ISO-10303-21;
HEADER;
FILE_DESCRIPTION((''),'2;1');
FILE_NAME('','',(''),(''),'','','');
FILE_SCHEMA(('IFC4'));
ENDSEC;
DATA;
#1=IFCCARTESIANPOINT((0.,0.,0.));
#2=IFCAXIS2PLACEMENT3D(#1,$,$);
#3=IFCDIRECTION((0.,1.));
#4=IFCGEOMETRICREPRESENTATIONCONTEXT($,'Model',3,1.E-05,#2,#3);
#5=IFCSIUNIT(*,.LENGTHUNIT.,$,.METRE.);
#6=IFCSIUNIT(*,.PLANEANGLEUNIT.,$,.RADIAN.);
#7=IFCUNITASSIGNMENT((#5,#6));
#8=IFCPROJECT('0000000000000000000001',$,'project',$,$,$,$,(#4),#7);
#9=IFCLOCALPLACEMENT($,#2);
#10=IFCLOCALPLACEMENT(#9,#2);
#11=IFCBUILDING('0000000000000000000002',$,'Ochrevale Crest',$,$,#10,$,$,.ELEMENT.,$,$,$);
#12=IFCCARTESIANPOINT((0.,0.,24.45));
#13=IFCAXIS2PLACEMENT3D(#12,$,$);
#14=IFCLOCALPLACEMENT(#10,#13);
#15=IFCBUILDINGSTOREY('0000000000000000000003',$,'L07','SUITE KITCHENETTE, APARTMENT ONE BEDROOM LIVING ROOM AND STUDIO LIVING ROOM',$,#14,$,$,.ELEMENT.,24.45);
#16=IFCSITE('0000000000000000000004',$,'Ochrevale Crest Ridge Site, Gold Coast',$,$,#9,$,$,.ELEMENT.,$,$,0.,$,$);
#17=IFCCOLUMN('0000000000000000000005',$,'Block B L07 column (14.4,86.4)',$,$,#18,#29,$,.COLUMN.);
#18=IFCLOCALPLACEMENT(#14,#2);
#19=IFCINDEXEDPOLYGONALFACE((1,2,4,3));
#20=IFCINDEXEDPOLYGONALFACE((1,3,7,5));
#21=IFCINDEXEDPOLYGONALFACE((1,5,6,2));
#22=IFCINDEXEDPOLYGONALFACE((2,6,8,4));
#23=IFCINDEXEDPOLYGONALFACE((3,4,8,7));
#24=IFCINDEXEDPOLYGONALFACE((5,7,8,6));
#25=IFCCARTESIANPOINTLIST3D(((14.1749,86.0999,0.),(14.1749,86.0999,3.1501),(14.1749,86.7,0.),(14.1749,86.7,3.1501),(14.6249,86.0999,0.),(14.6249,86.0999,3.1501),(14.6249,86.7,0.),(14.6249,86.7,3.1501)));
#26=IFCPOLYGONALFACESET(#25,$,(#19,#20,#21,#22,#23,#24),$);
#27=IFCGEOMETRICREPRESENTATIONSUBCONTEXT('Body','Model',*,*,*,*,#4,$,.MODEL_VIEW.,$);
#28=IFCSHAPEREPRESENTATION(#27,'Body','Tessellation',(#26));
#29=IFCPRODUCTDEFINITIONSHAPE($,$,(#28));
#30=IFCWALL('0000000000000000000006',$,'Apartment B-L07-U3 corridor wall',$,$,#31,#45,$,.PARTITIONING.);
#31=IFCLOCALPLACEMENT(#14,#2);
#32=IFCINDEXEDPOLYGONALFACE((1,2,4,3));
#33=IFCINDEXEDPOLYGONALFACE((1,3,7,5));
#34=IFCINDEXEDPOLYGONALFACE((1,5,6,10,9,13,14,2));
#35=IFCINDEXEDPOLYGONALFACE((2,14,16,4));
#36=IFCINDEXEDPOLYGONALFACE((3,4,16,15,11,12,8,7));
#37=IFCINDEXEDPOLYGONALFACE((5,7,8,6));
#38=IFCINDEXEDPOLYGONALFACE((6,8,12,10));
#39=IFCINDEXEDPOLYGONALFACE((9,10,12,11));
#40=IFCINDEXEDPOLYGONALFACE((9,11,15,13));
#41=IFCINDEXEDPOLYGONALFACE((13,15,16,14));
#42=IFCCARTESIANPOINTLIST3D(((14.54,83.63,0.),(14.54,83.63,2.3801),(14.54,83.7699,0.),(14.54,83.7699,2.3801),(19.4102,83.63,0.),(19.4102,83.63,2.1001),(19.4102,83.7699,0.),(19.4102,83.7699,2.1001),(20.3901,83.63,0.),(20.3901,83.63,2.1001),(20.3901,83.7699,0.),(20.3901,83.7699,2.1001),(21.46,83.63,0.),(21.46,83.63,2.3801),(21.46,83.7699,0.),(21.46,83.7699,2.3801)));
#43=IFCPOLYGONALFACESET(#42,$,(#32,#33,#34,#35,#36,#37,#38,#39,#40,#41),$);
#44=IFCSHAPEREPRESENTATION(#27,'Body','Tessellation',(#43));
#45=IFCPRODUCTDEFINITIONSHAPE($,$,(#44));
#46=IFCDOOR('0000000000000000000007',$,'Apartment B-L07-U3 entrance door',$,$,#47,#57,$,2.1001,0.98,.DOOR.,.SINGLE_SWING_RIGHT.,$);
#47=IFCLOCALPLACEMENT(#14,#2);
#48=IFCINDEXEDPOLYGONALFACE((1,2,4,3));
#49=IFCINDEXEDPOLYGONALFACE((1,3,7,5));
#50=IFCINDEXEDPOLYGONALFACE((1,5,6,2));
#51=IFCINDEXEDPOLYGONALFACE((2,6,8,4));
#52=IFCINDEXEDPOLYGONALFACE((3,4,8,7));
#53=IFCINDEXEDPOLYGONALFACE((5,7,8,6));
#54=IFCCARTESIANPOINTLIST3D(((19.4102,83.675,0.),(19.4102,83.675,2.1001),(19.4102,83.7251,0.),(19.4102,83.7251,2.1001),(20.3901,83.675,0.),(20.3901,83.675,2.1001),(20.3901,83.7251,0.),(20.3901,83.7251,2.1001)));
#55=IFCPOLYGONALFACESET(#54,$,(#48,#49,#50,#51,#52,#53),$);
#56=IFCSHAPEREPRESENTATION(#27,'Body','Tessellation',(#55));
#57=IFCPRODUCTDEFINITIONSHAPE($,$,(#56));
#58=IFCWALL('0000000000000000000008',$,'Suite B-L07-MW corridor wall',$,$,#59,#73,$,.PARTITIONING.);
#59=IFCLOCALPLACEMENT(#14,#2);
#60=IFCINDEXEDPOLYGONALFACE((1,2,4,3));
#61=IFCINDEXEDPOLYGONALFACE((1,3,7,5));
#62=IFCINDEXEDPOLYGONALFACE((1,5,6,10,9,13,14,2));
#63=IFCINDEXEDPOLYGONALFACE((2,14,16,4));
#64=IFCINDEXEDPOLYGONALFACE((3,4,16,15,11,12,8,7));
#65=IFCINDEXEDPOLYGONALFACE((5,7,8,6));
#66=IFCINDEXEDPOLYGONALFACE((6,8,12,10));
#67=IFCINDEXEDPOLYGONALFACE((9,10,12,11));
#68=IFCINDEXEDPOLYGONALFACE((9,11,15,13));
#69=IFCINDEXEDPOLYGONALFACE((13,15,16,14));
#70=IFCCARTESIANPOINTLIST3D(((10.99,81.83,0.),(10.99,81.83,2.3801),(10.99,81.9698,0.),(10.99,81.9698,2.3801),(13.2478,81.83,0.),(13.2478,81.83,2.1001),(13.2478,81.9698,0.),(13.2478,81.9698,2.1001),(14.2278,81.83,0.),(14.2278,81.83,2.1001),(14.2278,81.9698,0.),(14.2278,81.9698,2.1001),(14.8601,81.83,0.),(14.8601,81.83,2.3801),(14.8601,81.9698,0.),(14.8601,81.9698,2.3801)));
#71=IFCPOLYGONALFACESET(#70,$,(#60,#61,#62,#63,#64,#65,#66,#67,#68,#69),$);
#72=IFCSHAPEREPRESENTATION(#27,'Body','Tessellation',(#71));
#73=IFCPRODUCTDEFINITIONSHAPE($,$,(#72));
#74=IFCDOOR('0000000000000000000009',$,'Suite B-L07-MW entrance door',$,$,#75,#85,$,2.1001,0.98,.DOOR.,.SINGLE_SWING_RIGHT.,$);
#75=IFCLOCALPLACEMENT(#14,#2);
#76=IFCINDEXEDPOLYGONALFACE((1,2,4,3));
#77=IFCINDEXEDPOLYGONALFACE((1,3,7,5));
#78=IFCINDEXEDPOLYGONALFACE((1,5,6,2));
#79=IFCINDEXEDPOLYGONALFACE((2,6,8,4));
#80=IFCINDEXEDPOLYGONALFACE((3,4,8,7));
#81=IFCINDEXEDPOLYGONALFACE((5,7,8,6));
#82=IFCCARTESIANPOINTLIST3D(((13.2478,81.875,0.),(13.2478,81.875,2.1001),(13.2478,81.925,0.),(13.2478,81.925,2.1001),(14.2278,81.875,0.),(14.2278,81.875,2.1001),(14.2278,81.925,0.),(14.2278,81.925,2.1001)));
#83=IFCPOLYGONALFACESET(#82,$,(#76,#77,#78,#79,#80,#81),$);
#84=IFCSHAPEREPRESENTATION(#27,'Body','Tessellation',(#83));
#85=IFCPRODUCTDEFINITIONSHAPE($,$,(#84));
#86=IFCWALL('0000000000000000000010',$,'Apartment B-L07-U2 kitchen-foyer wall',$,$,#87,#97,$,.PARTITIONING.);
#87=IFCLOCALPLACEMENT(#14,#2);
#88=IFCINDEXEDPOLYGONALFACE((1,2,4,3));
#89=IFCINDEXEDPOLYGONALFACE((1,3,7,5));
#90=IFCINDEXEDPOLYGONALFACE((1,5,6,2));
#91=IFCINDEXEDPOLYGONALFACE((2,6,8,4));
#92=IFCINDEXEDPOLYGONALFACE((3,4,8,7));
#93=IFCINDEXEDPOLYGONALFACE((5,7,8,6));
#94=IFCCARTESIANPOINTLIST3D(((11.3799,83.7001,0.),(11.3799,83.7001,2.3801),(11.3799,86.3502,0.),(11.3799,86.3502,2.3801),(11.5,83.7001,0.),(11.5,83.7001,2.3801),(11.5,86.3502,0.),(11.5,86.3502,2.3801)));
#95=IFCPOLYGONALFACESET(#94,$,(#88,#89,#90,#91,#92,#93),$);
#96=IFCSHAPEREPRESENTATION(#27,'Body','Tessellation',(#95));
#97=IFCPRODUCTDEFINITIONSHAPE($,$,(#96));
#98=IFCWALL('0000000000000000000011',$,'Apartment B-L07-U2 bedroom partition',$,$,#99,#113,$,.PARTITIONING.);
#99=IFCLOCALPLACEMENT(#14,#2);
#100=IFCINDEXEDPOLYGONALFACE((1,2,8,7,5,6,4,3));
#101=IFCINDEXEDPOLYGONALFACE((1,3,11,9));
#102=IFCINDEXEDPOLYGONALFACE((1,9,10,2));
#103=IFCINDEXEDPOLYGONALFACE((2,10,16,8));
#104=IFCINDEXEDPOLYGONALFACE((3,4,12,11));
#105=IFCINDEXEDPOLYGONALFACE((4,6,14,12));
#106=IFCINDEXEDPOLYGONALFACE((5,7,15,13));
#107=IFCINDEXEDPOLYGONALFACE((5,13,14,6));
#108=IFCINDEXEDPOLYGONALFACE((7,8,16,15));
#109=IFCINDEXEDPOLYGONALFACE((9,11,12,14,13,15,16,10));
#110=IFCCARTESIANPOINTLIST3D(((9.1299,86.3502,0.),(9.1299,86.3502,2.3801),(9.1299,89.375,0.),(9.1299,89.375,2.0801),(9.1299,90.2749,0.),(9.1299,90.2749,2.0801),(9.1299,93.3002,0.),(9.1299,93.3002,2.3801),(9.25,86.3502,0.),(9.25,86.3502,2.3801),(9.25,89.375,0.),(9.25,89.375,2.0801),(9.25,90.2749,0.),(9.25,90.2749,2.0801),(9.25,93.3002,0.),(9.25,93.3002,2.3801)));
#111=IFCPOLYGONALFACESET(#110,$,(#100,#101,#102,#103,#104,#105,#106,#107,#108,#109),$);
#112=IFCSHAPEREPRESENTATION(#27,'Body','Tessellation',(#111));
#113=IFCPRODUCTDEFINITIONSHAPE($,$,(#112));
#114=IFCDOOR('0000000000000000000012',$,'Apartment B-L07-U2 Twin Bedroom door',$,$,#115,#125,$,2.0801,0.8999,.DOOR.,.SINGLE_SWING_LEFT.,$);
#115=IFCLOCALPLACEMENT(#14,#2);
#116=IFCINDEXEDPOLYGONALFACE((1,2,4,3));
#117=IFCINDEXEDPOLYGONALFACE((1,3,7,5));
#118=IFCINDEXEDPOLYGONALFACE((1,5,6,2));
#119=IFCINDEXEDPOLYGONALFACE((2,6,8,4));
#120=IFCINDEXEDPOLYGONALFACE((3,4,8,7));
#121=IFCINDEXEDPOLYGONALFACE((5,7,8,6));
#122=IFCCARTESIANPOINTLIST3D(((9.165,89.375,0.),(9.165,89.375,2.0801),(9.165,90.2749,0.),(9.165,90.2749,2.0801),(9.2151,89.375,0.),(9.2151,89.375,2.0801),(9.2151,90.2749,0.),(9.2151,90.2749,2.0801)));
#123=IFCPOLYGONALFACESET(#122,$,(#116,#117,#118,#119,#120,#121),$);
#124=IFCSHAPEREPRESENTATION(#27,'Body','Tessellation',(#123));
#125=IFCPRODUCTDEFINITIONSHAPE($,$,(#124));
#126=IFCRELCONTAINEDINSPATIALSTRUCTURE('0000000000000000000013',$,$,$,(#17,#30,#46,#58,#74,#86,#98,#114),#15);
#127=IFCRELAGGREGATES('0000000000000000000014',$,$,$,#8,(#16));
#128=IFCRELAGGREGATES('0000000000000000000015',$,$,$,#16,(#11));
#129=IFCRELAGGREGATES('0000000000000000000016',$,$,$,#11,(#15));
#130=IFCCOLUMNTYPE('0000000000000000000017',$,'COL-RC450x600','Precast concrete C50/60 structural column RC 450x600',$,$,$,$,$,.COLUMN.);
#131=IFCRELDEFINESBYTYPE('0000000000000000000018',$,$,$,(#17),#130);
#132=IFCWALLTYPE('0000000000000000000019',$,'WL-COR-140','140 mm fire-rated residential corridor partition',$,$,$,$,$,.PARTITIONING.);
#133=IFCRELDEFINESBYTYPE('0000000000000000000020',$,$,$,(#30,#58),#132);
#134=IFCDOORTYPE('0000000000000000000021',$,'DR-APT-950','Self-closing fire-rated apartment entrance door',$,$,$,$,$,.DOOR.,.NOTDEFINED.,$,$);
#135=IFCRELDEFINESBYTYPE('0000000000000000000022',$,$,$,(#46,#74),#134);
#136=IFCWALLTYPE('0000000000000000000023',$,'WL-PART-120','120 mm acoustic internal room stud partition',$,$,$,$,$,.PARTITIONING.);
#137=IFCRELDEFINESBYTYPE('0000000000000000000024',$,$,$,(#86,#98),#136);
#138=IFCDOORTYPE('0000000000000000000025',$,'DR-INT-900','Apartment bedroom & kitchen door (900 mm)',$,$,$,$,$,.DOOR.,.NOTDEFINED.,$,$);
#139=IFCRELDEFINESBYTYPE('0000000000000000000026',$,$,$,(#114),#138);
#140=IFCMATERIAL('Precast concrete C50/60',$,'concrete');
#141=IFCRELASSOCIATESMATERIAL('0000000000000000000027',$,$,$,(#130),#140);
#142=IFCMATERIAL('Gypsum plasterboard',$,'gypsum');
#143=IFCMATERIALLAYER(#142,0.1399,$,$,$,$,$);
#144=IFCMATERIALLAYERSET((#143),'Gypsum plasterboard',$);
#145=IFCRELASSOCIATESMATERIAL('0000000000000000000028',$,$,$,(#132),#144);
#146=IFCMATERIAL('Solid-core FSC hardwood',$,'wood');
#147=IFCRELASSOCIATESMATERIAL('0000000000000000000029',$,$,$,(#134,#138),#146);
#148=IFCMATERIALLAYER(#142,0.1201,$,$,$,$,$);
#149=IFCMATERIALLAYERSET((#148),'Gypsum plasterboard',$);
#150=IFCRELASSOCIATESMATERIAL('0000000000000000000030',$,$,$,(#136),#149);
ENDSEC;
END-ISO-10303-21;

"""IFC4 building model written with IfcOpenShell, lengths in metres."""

from ifc_helpers import new_model, si_unit, direction, frame, frame_2d, origin, origin_2d, place, context, subcontext, project, spatial, rectangle, extrude, material, layer, layer_set, material_profile, profile_set, type_object, element, fill, save


model = new_model("IFC4")

# Units and contexts
model_context = context("Model", 3, precision=1e-05, world=origin(), true_north=direction((0.0, 1.0)))
body_context = subcontext(model_context, "Body", "Model", "MODEL_VIEW")
ifc_project = project(units=[si_unit("LENGTHUNIT", "METRE"), si_unit("PLANEANGLEUNIT", "RADIAN")], contexts=[model_context])

# Site, building, storey
site_placement = place(None, origin())
site = spatial("IfcSite", under=ifc_project, at=site_placement, Name="Ochrevale Crest Ridge Site, Gold Coast", CompositionType="ELEMENT", RefElevation=0.0)
building_placement = place(site_placement, origin())
building = spatial("IfcBuilding", under=site, at=building_placement, Name="Ochrevale Crest", CompositionType="ELEMENT")
storey_placement = place(building_placement, frame((0.0, 0.0, 24.45)))
storey = spatial("IfcBuildingStorey", under=building, at=storey_placement, Name="L07", Description="SUITE KITCHENETTE, APARTMENT ONE BEDROOM LIVING ROOM AND STUDIO LIVING ROOM", CompositionType="ELEMENT", Elevation=24.45)

# Column
ifc_material_1 = material(Name="Precast concrete C50/60", Category="concrete")
ifc_material_profile = material_profile(ifc_material_1, rectangle(XDim=0.45, YDim=0.6001, at=origin_2d()), Name="RC 450x600")
ifc_profile_set = profile_set([ifc_material_profile], Name="Precast concrete C50/60")
column_type = type_object("IfcColumnType", Name="COL-RC450x600", Description="Precast concrete C50/60 structural column RC 450x600", PredefinedType="COLUMN", material=ifc_profile_set)
column_placement = place(storey_placement, frame((14.3999, 86.3999, 0.0), z_axis=(0.0, 0.0, 1.0), x_axis=(1.0, 0.0, 0.0)))
element("IfcColumn", 1, at=column_placement, inside=storey, type_object=column_type, Name="Block B L07 column (14.4,86.4)", PredefinedType="COLUMN", context=body_context, shape_type="SweptSolid", body=[
    extrude(rectangle(XDim=0.45, YDim=0.6001, at=origin_2d()), origin(), (0.0, 0.0, 1.0), 3.1501),
])

# Walls, openings, doors
ifc_material_2 = material(Name="Gypsum plasterboard", Category="gypsum")
ifc_layer_1 = layer(ifc_material_2, 0.1399)
ifc_layer_set_1 = layer_set([ifc_layer_1], Name="Gypsum plasterboard")
wall_type_1 = type_object("IfcWallType", Name="WL-COR-140", Description="140 mm fire-rated residential corridor partition", PredefinedType="PARTITIONING", material=ifc_layer_set_1)
wall_1_placement = place(storey_placement, frame((14.54, 83.7, 0.0), z_axis=(0.0, 0.0, 1.0), x_axis=(1.0, 0.0, 0.0)))
wall_1 = element("IfcWall", 2, at=wall_1_placement, inside=storey, type_object=wall_type_1, Name="Apartment B-L07-U3 corridor wall", PredefinedType="PARTITIONING", context=body_context, shape_type="SweptSolid", body=[
    extrude(rectangle(XDim=6.9199, YDim=0.1399, at=frame_2d((3.46, 0.0))), origin(), (0.0, 0.0, 1.0), 2.3801),
])
opening_1_placement = place(wall_1_placement, frame((5.8501, 0.0, 0.0), z_axis=(0.0, 0.0, 1.0), x_axis=(-1.0, 0.0, 0.0)))
opening_1 = element("IfcOpeningElement", 3, at=opening_1_placement, cuts=wall_1, PredefinedType="OPENING", context=body_context, shape_type="SweptSolid", body=[
    extrude(rectangle(XDim=0.98, YDim=2.1001, at=frame_2d((0.49, 1.05))), frame((0.0, 0.0801, 0.0), z_axis=(0.0, -1.0, 0.0), x_axis=(1.0, 0.0, 0.0)), (0.0, 0.0, 1.0), 0.1599),
])
ifc_material_3 = material(Name="Solid-core FSC hardwood", Category="wood")
door_type_1 = type_object("IfcDoorType", Name="DR-APT-950", Description="Self-closing fire-rated apartment entrance door", OperationType="NOTDEFINED", PredefinedType="DOOR", material=ifc_material_3)
door_1_placement = place(opening_1_placement, origin())
door_1 = element("IfcDoor", 4, at=door_1_placement, inside=storey, type_object=door_type_1, Name="Apartment B-L07-U3 entrance door", OperationType="SINGLE_SWING_RIGHT", OverallHeight=2.1001, OverallWidth=0.98, PredefinedType="DOOR", context=body_context, shape_type="SweptSolid", body=[
    extrude(rectangle(XDim=0.98, YDim=2.1001, at=frame_2d((0.49, 1.05))), frame((0.0, 0.0249, 0.0), z_axis=(0.0, -1.0, 0.0), x_axis=(1.0, 0.0, 0.0)), (0.0, 0.0, 1.0), 0.05),
])
fill(opening_1, door_1)
wall_2_placement = place(storey_placement, frame((10.99, 81.8999, 0.0), z_axis=(0.0, 0.0, 1.0), x_axis=(1.0, 0.0, 0.0)))
wall_2 = element("IfcWall", 5, at=wall_2_placement, inside=storey, type_object=wall_type_1, Name="Suite B-L07-MW corridor wall", PredefinedType="PARTITIONING", context=body_context, shape_type="SweptSolid", body=[
    extrude(rectangle(XDim=3.8701, YDim=0.1399, at=frame_2d((1.9351, 0.0))), origin(), (0.0, 0.0, 1.0), 2.3801),
])
opening_2_placement = place(wall_2_placement, frame((3.2378, 0.0, 0.0), z_axis=(0.0, 0.0, 1.0), x_axis=(-1.0, 0.0, 0.0)))
opening_2 = element("IfcOpeningElement", 6, at=opening_2_placement, cuts=wall_2, PredefinedType="OPENING", context=body_context, shape_type="SweptSolid", body=[
    extrude(rectangle(XDim=0.98, YDim=2.1001, at=frame_2d((0.49, 1.05))), frame((0.0, 0.0801, 0.0), z_axis=(0.0, -1.0, 0.0), x_axis=(1.0, 0.0, 0.0)), (0.0, 0.0, 1.0), 0.1599),
])
door_2_placement = place(opening_2_placement, origin())
door_2 = element("IfcDoor", 7, at=door_2_placement, inside=storey, type_object=door_type_1, Name="Suite B-L07-MW entrance door", OperationType="SINGLE_SWING_RIGHT", OverallHeight=2.1001, OverallWidth=0.98, PredefinedType="DOOR", context=body_context, shape_type="SweptSolid", body=[
    extrude(rectangle(XDim=0.98, YDim=2.1001, at=frame_2d((0.49, 1.05))), frame((0.0, 0.0249, 0.0), z_axis=(0.0, -1.0, 0.0), x_axis=(1.0, 0.0, 0.0)), (0.0, 0.0, 1.0), 0.05),
])
fill(opening_2, door_2)

# Wall
ifc_layer_2 = layer(ifc_material_2, 0.1201)
ifc_layer_set_2 = layer_set([ifc_layer_2], Name="Gypsum plasterboard")
wall_type_2 = type_object("IfcWallType", Name="WL-PART-120", Description="120 mm acoustic internal room stud partition", PredefinedType="PARTITIONING", material=ifc_layer_set_2)
wall_3_placement = place(storey_placement, frame((11.4399, 83.7, 0.0), z_axis=(0.0, 0.0, 1.0), x_axis=(0.0, 1.0, 0.0)))
element("IfcWall", 8, at=wall_3_placement, inside=storey, type_object=wall_type_2, Name="Apartment B-L07-U2 kitchen-foyer wall", PredefinedType="PARTITIONING", context=body_context, shape_type="SweptSolid", body=[
    extrude(rectangle(XDim=2.6501, YDim=0.1201, at=frame_2d((1.3252, 0.0))), origin(), (0.0, 0.0, 1.0), 2.3801),
])

# Wall, opening, door
wall_4_placement = place(storey_placement, frame((9.1899, 86.3501, 0.0), z_axis=(0.0, 0.0, 1.0), x_axis=(0.0, 1.0, 0.0)))
wall_4 = element("IfcWall", 9, at=wall_4_placement, inside=storey, type_object=wall_type_2, Name="Apartment B-L07-U2 bedroom partition", PredefinedType="PARTITIONING", context=body_context, shape_type="SweptSolid", body=[
    extrude(rectangle(XDim=6.95, YDim=0.1201, at=frame_2d((3.4751, 0.0))), origin(), (0.0, 0.0, 1.0), 2.3801),
])
opening_3_placement = place(wall_4_placement, frame((3.0249, 0.0, 0.0)))
opening_3 = element("IfcOpeningElement", 10, at=opening_3_placement, cuts=wall_4, PredefinedType="OPENING", context=body_context, shape_type="SweptSolid", body=[
    extrude(rectangle(XDim=0.8999, YDim=2.0801, at=frame_2d((0.45, 1.04))), frame((0.0, 0.0701, 0.0), z_axis=(0.0, -1.0, 0.0), x_axis=(1.0, 0.0, 0.0)), (0.0, 0.0, 1.0), 0.1401),
])
door_type_2 = type_object("IfcDoorType", Name="DR-INT-900", Description="Apartment bedroom & kitchen door (900 mm)", OperationType="NOTDEFINED", PredefinedType="DOOR", material=ifc_material_3)
door_3_placement = place(opening_3_placement, origin())
door_3 = element("IfcDoor", 11, at=door_3_placement, inside=storey, type_object=door_type_2, Name="Apartment B-L07-U2 Twin Bedroom door", OperationType="SINGLE_SWING_LEFT", OverallHeight=2.0801, OverallWidth=0.8999, PredefinedType="DOOR", context=body_context, shape_type="SweptSolid", body=[
    extrude(rectangle(XDim=0.8999, YDim=2.0801, at=frame_2d((0.45, 1.04))), frame((0.0, 0.0249, 0.0), z_axis=(0.0, -1.0, 0.0), x_axis=(1.0, 0.0, 0.0)), (0.0, 0.0, 1.0), 0.05),
])
fill(opening_3, door_3)

save(model, "model.ifc")
